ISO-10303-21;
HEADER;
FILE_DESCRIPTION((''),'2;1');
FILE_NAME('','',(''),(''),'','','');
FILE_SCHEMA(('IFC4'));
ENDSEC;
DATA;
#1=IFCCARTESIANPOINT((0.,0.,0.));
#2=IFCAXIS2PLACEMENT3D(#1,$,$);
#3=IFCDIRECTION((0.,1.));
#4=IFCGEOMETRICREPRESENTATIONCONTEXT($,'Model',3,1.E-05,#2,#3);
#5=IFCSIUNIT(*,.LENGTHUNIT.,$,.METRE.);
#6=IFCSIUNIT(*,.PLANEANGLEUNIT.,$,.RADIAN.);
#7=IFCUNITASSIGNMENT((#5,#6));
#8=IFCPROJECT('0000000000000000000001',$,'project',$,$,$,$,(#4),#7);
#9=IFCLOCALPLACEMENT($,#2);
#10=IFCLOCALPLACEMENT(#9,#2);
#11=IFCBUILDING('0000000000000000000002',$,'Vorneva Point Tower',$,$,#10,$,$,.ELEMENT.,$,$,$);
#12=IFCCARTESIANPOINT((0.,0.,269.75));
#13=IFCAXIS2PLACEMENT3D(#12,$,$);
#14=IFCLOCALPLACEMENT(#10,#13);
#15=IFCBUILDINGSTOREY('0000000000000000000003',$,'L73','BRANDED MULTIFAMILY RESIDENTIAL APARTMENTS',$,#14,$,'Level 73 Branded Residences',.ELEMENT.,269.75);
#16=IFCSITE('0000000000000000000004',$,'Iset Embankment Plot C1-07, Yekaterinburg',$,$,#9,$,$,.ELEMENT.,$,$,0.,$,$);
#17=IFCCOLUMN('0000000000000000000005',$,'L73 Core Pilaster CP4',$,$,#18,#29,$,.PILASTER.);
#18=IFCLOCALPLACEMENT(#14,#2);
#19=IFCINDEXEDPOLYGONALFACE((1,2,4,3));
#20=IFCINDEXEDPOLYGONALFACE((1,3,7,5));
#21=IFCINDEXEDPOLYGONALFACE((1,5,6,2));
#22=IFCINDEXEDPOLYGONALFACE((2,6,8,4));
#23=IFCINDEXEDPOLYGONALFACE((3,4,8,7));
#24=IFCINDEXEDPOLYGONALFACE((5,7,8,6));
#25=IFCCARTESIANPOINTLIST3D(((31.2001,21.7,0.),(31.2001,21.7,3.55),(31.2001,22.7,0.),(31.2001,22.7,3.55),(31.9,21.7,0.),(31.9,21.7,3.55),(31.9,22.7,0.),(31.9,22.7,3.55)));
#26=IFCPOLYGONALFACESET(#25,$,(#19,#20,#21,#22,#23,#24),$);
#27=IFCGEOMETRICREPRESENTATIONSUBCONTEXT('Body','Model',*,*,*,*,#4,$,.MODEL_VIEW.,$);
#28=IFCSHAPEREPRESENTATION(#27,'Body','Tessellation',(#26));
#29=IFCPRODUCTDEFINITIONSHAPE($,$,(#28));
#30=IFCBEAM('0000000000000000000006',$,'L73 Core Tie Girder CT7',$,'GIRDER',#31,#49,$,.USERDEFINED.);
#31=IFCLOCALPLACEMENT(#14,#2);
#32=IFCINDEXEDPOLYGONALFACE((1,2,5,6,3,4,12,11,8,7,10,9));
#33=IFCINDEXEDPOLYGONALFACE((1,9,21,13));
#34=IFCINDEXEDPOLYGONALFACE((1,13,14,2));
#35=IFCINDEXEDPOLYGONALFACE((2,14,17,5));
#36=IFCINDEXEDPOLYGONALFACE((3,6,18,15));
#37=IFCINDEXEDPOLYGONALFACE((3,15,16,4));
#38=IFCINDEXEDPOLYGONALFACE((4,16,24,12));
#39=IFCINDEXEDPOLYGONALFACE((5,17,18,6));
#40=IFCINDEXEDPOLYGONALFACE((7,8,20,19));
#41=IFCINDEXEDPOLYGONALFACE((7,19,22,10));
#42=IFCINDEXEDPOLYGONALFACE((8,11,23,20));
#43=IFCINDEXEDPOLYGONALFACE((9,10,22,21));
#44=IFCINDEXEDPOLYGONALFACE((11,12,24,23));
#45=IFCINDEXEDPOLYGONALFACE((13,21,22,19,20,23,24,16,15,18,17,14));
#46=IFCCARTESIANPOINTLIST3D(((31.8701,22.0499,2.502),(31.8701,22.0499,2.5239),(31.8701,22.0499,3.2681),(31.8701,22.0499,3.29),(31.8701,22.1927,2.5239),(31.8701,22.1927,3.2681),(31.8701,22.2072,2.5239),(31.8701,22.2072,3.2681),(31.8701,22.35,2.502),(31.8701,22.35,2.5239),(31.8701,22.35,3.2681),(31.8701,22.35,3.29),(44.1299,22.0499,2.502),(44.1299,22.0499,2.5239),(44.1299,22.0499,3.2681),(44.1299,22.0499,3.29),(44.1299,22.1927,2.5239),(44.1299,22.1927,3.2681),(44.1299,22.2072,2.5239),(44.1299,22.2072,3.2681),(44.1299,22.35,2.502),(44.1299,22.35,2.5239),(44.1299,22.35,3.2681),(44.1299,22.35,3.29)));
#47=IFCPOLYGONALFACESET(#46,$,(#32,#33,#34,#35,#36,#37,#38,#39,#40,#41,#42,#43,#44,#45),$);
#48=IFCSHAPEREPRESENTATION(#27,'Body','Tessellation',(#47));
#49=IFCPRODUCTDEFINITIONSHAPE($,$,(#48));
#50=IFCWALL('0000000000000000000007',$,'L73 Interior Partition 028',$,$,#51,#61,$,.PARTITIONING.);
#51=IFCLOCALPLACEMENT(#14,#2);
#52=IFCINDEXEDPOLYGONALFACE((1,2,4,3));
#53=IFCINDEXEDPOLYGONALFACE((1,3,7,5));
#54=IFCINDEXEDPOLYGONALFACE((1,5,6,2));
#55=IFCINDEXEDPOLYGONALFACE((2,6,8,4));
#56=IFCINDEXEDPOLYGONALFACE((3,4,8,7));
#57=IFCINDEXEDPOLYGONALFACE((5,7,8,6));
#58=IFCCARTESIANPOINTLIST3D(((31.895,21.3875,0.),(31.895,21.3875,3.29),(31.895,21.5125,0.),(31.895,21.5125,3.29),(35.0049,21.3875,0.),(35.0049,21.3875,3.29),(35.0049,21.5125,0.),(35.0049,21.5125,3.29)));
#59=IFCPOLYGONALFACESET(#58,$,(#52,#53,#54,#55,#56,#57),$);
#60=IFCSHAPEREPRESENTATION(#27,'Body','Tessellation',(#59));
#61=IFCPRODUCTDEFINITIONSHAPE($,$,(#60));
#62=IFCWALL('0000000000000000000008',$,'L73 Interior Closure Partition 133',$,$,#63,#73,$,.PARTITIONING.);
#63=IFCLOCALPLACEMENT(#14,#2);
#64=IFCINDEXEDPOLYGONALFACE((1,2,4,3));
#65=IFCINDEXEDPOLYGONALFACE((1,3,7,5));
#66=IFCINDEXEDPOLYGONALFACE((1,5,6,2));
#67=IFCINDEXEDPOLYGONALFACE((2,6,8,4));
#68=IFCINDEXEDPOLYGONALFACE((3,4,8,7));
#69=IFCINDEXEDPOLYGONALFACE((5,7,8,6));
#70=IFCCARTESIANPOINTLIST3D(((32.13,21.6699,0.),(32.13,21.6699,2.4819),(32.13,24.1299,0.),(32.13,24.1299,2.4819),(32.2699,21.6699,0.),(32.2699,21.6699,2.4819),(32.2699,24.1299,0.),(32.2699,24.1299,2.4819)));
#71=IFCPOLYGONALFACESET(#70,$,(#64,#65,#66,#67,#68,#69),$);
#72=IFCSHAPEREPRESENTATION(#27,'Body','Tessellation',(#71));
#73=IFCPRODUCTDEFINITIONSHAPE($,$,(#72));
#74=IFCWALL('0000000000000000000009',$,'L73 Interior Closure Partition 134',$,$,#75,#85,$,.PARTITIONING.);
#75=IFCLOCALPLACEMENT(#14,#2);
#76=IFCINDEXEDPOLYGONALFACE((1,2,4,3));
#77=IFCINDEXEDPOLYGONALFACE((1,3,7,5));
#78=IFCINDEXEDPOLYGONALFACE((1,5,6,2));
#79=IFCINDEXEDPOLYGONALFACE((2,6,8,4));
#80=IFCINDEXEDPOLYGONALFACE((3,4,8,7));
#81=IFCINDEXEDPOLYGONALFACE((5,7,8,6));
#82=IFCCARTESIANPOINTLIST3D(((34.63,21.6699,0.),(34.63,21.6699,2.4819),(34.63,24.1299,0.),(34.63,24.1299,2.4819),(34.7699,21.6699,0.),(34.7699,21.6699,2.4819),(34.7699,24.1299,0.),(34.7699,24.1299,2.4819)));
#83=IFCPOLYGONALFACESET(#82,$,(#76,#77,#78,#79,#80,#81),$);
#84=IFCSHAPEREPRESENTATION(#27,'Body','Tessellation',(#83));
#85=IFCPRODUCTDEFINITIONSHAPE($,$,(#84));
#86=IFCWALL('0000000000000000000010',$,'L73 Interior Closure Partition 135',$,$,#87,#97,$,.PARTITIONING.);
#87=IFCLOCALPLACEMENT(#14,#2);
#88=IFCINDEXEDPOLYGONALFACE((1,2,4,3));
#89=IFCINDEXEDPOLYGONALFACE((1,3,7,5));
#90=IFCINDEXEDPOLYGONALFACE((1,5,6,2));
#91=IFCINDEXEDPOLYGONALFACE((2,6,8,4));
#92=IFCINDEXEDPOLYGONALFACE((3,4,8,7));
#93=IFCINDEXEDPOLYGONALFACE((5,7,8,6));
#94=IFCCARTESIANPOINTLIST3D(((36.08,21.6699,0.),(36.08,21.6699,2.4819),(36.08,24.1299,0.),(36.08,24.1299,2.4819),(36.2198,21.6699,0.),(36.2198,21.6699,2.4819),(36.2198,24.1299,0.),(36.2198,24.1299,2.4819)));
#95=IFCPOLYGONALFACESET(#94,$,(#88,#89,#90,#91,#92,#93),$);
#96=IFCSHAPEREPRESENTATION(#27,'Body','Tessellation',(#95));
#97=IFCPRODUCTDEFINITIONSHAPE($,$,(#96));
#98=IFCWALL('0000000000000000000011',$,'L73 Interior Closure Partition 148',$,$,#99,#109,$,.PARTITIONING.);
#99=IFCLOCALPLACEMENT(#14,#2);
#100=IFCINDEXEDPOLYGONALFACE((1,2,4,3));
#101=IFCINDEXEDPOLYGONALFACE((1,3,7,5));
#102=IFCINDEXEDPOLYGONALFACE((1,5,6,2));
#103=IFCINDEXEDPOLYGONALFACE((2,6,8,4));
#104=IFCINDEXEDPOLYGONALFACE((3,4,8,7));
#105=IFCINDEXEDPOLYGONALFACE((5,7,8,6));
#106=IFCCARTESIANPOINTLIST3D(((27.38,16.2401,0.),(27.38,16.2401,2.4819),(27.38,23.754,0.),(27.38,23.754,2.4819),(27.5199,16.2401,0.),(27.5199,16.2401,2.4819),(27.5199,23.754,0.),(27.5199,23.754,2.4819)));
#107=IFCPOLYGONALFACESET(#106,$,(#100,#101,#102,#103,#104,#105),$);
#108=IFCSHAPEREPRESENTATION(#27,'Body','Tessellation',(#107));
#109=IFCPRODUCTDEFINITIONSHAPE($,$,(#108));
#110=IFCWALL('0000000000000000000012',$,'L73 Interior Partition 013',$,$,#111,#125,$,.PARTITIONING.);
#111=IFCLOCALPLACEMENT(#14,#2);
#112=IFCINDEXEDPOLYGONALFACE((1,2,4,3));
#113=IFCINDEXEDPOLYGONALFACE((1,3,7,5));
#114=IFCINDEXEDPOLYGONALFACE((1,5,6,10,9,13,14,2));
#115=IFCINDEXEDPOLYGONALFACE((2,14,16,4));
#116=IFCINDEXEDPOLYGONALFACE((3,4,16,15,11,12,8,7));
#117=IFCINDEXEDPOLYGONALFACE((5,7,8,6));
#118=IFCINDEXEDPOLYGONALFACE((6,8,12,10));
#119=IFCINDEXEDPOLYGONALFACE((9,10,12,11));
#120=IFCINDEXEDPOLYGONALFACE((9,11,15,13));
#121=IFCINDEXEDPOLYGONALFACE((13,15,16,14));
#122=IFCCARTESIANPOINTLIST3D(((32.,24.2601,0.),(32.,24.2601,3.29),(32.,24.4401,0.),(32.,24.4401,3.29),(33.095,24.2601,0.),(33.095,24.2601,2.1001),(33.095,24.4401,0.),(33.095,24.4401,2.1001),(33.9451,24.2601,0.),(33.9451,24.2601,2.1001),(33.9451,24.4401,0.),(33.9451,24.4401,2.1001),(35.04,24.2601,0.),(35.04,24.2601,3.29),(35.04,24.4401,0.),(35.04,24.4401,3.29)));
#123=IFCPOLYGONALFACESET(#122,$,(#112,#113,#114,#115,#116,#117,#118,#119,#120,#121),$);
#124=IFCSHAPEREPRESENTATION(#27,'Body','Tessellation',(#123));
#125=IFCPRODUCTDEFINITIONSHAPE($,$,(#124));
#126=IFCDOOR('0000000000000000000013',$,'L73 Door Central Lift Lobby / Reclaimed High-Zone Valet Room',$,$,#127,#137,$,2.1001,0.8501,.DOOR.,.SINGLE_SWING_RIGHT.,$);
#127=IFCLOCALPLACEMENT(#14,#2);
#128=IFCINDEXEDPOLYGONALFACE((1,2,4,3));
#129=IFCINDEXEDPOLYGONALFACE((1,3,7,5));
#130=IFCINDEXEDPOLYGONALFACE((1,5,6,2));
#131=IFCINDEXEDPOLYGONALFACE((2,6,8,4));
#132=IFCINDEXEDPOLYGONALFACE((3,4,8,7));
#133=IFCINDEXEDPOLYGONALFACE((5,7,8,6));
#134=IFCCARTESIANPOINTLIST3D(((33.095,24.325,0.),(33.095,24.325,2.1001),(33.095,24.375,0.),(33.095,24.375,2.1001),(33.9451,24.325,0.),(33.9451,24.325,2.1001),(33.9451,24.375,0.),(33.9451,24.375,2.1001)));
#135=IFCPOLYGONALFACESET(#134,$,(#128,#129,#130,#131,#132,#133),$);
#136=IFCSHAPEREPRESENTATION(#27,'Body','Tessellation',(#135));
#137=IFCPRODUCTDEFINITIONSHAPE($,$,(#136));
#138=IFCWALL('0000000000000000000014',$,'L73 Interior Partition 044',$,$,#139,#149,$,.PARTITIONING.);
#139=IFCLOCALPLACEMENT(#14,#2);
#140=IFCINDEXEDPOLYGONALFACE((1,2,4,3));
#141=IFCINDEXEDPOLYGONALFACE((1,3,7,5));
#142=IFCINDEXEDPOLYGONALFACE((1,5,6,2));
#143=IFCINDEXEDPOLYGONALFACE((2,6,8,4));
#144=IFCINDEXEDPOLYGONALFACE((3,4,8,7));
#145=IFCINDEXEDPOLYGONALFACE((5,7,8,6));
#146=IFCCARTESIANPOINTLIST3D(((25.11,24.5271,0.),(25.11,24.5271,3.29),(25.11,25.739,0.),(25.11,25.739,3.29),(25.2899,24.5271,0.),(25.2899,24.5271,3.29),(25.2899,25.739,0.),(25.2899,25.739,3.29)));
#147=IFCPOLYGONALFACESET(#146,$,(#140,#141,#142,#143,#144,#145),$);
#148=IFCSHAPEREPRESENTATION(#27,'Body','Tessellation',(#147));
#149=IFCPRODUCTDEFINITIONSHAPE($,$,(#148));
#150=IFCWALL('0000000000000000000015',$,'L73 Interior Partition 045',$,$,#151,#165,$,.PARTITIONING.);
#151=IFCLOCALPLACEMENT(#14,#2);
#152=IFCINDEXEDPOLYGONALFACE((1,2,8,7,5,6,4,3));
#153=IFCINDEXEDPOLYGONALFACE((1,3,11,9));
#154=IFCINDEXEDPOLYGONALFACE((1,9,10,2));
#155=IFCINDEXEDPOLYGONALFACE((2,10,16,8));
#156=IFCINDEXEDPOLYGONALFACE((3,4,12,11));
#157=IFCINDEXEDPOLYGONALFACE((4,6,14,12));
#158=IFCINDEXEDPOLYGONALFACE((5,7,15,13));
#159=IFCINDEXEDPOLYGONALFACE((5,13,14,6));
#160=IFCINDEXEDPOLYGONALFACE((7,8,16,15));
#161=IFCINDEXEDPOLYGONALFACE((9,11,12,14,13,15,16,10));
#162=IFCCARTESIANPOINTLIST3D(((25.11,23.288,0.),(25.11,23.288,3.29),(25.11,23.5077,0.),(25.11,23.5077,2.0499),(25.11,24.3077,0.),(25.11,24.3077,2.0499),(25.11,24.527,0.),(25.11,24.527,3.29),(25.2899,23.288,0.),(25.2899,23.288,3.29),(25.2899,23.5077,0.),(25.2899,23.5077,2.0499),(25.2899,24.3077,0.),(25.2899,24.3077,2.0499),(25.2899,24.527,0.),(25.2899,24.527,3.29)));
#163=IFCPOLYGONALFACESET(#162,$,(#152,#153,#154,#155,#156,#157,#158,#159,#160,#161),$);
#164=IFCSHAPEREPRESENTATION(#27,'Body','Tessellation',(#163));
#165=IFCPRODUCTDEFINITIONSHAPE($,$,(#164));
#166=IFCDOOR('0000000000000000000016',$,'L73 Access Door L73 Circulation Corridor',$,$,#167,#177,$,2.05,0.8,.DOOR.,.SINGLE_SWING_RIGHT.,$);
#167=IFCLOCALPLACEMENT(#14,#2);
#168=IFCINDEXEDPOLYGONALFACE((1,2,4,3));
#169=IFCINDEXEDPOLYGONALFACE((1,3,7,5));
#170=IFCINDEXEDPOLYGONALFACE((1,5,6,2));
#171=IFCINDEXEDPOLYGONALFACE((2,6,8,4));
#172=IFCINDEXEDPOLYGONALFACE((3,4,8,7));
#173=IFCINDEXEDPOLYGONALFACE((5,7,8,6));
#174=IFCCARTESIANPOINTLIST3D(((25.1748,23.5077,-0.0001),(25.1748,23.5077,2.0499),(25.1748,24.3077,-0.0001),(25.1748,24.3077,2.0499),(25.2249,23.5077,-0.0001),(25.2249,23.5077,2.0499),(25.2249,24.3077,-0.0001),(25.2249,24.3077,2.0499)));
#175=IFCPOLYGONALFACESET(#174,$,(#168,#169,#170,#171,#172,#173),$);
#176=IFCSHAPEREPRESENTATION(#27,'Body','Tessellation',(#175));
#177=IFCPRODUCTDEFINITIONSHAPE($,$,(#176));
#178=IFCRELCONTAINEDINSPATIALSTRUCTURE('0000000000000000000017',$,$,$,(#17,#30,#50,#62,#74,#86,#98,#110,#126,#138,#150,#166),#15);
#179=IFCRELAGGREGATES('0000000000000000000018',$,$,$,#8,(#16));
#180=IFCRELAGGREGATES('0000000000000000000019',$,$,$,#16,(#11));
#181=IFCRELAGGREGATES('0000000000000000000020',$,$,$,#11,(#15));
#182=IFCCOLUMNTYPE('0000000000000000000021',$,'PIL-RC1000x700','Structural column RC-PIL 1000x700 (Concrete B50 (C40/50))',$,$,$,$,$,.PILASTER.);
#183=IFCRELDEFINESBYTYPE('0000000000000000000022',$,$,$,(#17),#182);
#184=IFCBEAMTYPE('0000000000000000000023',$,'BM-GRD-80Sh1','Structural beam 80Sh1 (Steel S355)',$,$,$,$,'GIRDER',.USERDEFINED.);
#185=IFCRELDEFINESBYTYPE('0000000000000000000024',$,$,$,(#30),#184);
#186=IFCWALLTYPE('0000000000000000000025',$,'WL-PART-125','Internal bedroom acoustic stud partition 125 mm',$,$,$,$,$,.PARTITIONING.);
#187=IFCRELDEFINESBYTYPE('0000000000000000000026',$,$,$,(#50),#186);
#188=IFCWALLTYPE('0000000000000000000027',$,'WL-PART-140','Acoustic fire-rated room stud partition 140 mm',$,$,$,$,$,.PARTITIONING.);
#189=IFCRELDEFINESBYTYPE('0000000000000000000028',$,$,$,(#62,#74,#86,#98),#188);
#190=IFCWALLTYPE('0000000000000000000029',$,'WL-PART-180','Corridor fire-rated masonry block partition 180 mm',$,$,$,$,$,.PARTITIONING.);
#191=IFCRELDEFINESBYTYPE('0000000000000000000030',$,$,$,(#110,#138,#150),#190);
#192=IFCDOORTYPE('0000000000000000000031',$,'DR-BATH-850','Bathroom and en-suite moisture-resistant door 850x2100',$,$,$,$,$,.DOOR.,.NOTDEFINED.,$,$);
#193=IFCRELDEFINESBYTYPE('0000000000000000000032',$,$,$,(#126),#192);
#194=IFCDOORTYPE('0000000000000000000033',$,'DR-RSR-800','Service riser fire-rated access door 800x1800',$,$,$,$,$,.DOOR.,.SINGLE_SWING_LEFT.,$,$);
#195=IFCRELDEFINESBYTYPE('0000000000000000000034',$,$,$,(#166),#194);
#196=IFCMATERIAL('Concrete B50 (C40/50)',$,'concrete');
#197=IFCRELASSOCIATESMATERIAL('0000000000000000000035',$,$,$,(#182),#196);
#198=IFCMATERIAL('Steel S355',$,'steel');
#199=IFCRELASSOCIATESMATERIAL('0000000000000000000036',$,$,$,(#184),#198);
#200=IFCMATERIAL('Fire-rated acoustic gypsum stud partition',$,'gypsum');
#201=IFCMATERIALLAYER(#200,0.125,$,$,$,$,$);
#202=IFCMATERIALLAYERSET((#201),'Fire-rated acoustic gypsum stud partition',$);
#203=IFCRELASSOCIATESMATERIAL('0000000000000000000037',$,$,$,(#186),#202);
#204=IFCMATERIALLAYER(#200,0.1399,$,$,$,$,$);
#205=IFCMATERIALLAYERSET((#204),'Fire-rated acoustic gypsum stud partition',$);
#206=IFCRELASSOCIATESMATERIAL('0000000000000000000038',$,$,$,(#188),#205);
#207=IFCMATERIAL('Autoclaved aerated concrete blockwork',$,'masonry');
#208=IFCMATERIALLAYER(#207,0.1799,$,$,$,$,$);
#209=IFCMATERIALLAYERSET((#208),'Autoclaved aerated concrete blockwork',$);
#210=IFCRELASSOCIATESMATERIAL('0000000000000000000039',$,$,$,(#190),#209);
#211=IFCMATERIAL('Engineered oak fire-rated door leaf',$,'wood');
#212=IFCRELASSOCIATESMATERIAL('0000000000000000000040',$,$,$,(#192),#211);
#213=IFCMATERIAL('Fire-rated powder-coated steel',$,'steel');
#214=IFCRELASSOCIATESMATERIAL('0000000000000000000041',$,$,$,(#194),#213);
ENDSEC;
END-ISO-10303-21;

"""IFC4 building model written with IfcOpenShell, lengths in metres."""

from ifc_helpers import new_model, si_unit, direction, frame, frame_2d, origin, origin_2d, place, context, subcontext, project, spatial, rectangle, i_section, extrude, material, layer, layer_set, material_profile, profile_set, type_object, element, fill, save


model = new_model("IFC4")

# Units and contexts
model_context = context("Model", 3, precision=1e-05, world=origin(), true_north=direction((0.0, 1.0)))
body_context = subcontext(model_context, "Body", "Model", "MODEL_VIEW")
ifc_project = project(units=[si_unit("LENGTHUNIT", "METRE"), si_unit("PLANEANGLEUNIT", "RADIAN")], contexts=[model_context])

# Site, building, storey
site_placement = place(None, origin())
site = spatial("IfcSite", under=ifc_project, at=site_placement, Name="Iset Embankment Plot C1-07, Yekaterinburg", CompositionType="ELEMENT", RefElevation=0.0)
building_placement = place(site_placement, origin())
building = spatial("IfcBuilding", under=site, at=building_placement, Name="Vorneva Point Tower", CompositionType="ELEMENT")
storey_placement = place(building_placement, frame((0.0, 0.0, 269.75)))
storey = spatial("IfcBuildingStorey", under=building, at=storey_placement, Name="L73", Description="BRANDED MULTIFAMILY RESIDENTIAL APARTMENTS", LongName="Level 73 Branded Residences", CompositionType="ELEMENT", Elevation=269.75)

# Column
ifc_material_1 = material(Name="Concrete B50 (C40/50)", Category="concrete")
ifc_material_profile_1 = material_profile(ifc_material_1, rectangle(XDim=0.7, YDim=1.0, at=origin_2d()), Name="RC-PIL 1000x700")
ifc_profile_set_1 = profile_set([ifc_material_profile_1], Name="Concrete B50 (C40/50)")
column_type = type_object("IfcColumnType", Name="PIL-RC1000x700", Description="Structural column RC-PIL 1000x700 (Concrete B50 (C40/50))", PredefinedType="PILASTER", material=ifc_profile_set_1)
column_placement = place(storey_placement, frame((31.55, 22.2, 0.0), z_axis=(0.0, 0.0, 1.0), x_axis=(1.0, 0.0, 0.0)))
element("IfcColumn", 1, at=column_placement, inside=storey, type_object=column_type, Name="L73 Core Pilaster CP4", PredefinedType="PILASTER", context=body_context, shape_type="SweptSolid", body=[
    extrude(rectangle(XDim=0.7, YDim=1.0, at=origin_2d()), origin(), (0.0, 0.0, 1.0), 3.55),
])

# Beam
ifc_material_2 = material(Name="Steel S355", Category="steel")
ifc_material_profile_2 = material_profile(ifc_material_2, i_section(OverallWidth=0.3, OverallDepth=0.7881, WebThickness=0.0144, FlangeThickness=0.022, at=origin_2d()), Name="80Sh1")
ifc_profile_set_2 = profile_set([ifc_material_profile_2], Name="Steel S355")
beam_type = type_object("IfcBeamType", Name="BM-GRD-80Sh1", Description="Structural beam 80Sh1 (Steel S355)", ElementType="GIRDER", PredefinedType="USERDEFINED", material=ifc_profile_set_2)
beam_placement = place(storey_placement, frame((31.8701, 22.2, 2.896), z_axis=(1.0, 0.0, 0.0), x_axis=(0.0, 1.0, 0.0)))
element("IfcBeam", 2, at=beam_placement, inside=storey, type_object=beam_type, Name="L73 Core Tie Girder CT7", ObjectType="GIRDER", PredefinedType="USERDEFINED", context=body_context, shape_type="SweptSolid", body=[
    extrude(i_section(OverallWidth=0.3, OverallDepth=0.7881, WebThickness=0.0144, FlangeThickness=0.022, at=origin_2d()), origin(), (0.0, 0.0, 1.0), 12.2598),
])

# Walls
ifc_material_3 = material(Name="Fire-rated acoustic gypsum stud partition", Category="gypsum")
ifc_layer_1 = layer(ifc_material_3, 0.125)
ifc_layer_set_1 = layer_set([ifc_layer_1], Name="Fire-rated acoustic gypsum stud partition")
wall_type_1 = type_object("IfcWallType", Name="WL-PART-125", Description="Internal bedroom acoustic stud partition 125 mm", PredefinedType="PARTITIONING", material=ifc_layer_set_1)
wall_1_placement = place(storey_placement, frame((35.0049, 21.45, 0.0), z_axis=(0.0, 0.0, 1.0), x_axis=(-1.0, 0.0, 0.0)))
element("IfcWall", 3, at=wall_1_placement, inside=storey, type_object=wall_type_1, Name="L73 Interior Partition 028", PredefinedType="PARTITIONING", context=body_context, shape_type="SweptSolid", body=[
    extrude(rectangle(XDim=3.1099, YDim=0.125, at=frame_2d((1.5549, 0.0))), origin(), (0.0, 0.0, 1.0), 3.29),
])
ifc_layer_2 = layer(ifc_material_3, 0.1399)
ifc_layer_set_2 = layer_set([ifc_layer_2], Name="Fire-rated acoustic gypsum stud partition")
wall_type_2 = type_object("IfcWallType", Name="WL-PART-140", Description="Acoustic fire-rated room stud partition 140 mm", PredefinedType="PARTITIONING", material=ifc_layer_set_2)
for number, where, z_axis, x_axis, name in (
    (4, (32.2, 24.1299, 0.0), (0.0, 0.0, 1.0), (0.0, -1.0, 0.0), "L73 Interior Closure Partition 133"),
    (5, (34.7, 21.6699, 0.0), (0.0, 0.0, 1.0), (0.0, 1.0, 0.0), "L73 Interior Closure Partition 134"),
    (6, (36.1499, 24.1299, 0.0), (0.0, 0.0, 1.0), (0.0, -1.0, 0.0), "L73 Interior Closure Partition 135"),
):
    element("IfcWall", number, at=place(storey_placement, frame(where, z_axis=z_axis, x_axis=x_axis)), inside=storey, type_object=wall_type_2, Name=name, PredefinedType="PARTITIONING", context=body_context, shape_type="SweptSolid", body=[
        extrude(rectangle(XDim=2.46, YDim=0.1399, at=frame_2d((1.23, 0.0))), origin(), (0.0, 0.0, 1.0), 2.4819),
    ])
wall_2_placement = place(storey_placement, frame((27.45, 23.7539, 0.0), z_axis=(0.0, 0.0, 1.0), x_axis=(0.0, -1.0, 0.0)))
element("IfcWall", 7, at=wall_2_placement, inside=storey, type_object=wall_type_2, Name="L73 Interior Closure Partition 148", PredefinedType="PARTITIONING", context=body_context, shape_type="SweptSolid", body=[
    extrude(rectangle(XDim=7.5139, YDim=0.1399, at=frame_2d((3.7568, 0.0))), origin(), (0.0, 0.0, 1.0), 2.4819),
])

# Wall, opening, door
ifc_material_4 = material(Name="Autoclaved aerated concrete blockwork", Category="masonry")
ifc_layer_3 = layer(ifc_material_4, 0.1799)
ifc_layer_set_3 = layer_set([ifc_layer_3], Name="Autoclaved aerated concrete blockwork")
wall_type_3 = type_object("IfcWallType", Name="WL-PART-180", Description="Corridor fire-rated masonry block partition 180 mm", PredefinedType="PARTITIONING", material=ifc_layer_set_3)
ifc_material_5 = material(Name="Fire-rated powder-coated steel", Category="steel")
wall_3_placement = place(storey_placement, frame((32.0, 24.3501, 0.0), z_axis=(0.0, 0.0, 1.0), x_axis=(1.0, 0.0, 0.0)))
wall_3 = element("IfcWall", 8, at=wall_3_placement, inside=storey, type_object=wall_type_3, Name="L73 Interior Partition 013", PredefinedType="PARTITIONING", context=body_context, shape_type="SweptSolid", body=[
    extrude(rectangle(XDim=3.04, YDim=0.1799, at=frame_2d((1.52, 0.0))), origin(), (0.0, 0.0, 1.0), 3.29),
])
opening_1_placement = place(wall_3_placement, frame((1.095, 0.0, 0.0)))
opening_1 = element("IfcOpeningElement", 9, at=opening_1_placement, cuts=wall_3, PredefinedType="OPENING", context=body_context, shape_type="SweptSolid", body=[
    extrude(rectangle(XDim=0.8501, YDim=2.1001, at=frame_2d((0.425, 1.05))), frame((0.0, 0.105, 0.0), z_axis=(0.0, -1.0, 0.0), x_axis=(1.0, 0.0, 0.0)), (0.0, 0.0, 1.0), 0.2097),
])
ifc_material_6 = material(Name="Engineered oak fire-rated door leaf", Category="wood")
door_type_1 = type_object("IfcDoorType", Name="DR-BATH-850", Description="Bathroom and en-suite moisture-resistant door 850x2100", OperationType="NOTDEFINED", PredefinedType="DOOR", material=ifc_material_6)
door_1_placement = place(opening_1_placement, origin())
door_1 = element("IfcDoor", 10, at=door_1_placement, inside=storey, type_object=door_type_1, Name="L73 Door Central Lift Lobby / Reclaimed High-Zone Valet Room", OperationType="SINGLE_SWING_RIGHT", OverallHeight=2.1001, OverallWidth=0.8501, PredefinedType="DOOR", context=body_context, shape_type="SweptSolid", body=[
    extrude(rectangle(XDim=0.8501, YDim=2.1001, at=frame_2d((0.425, 1.05))), frame((0.0, 0.0249, 0.0), z_axis=(0.0, -1.0, 0.0), x_axis=(1.0, 0.0, 0.0)), (0.0, 0.0, 1.0), 0.05),
])
fill(opening_1, door_1)

# Wall
wall_4_placement = place(storey_placement, frame((25.2, 25.739, 0.0), z_axis=(0.0, 0.0, 1.0), x_axis=(0.0, -1.0, 0.0)))
element("IfcWall", 11, at=wall_4_placement, inside=storey, type_object=wall_type_3, Name="L73 Interior Partition 044", PredefinedType="PARTITIONING", context=body_context, shape_type="SweptSolid", body=[
    extrude(rectangle(XDim=1.2119, YDim=0.1799, at=frame_2d((0.606, 0.0))), origin(), (0.0, 0.0, 1.0), 3.29),
])

# Wall, opening, door
wall_5_placement = place(storey_placement, frame((25.2, 24.5271, 0.0), z_axis=(0.0, 0.0, 1.0), x_axis=(0.0, -1.0, 0.0)))
wall_5 = element("IfcWall", 12, at=wall_5_placement, inside=storey, type_object=wall_type_3, Name="L73 Interior Partition 045", PredefinedType="PARTITIONING", context=body_context, shape_type="SweptSolid", body=[
    extrude(rectangle(XDim=1.239, YDim=0.1799, at=frame_2d((0.6196, 0.0))), origin(), (0.0, 0.0, 1.0), 3.29),
])
opening_2_placement = place(wall_5_placement, frame((0.2195, 0.0, 0.0)))
opening_2 = element("IfcOpeningElement", 13, at=opening_2_placement, cuts=wall_5, PredefinedType="OPENING", context=body_context, shape_type="SweptSolid", body=[
    extrude(rectangle(XDim=0.8, YDim=2.05, at=frame_2d((0.3999, 1.0249))), frame((0.0, 0.105, 0.0), z_axis=(0.0, -1.0, 0.0), x_axis=(1.0, 0.0, 0.0)), (0.0, 0.0, 1.0), 0.2097),
])
door_type_2 = type_object("IfcDoorType", Name="DR-RSR-800", Description="Service riser fire-rated access door 800x1800", OperationType="SINGLE_SWING_LEFT", PredefinedType="DOOR", material=ifc_material_5)
door_2_placement = place(opening_2_placement, origin())
door_2 = element("IfcDoor", 14, at=door_2_placement, inside=storey, type_object=door_type_2, Name="L73 Access Door L73 Circulation Corridor", OperationType="SINGLE_SWING_RIGHT", OverallHeight=2.05, OverallWidth=0.8, PredefinedType="DOOR", context=body_context, shape_type="SweptSolid", body=[
    extrude(rectangle(XDim=0.8, YDim=2.05, at=frame_2d((0.3999, 1.0249))), frame((0.0, 0.0249, 0.0), z_axis=(0.0, -1.0, 0.0), x_axis=(1.0, 0.0, 0.0)), (0.0, 0.0, 1.0), 0.05),
])
fill(opening_2, door_2)

save(model, "model.ifc")
